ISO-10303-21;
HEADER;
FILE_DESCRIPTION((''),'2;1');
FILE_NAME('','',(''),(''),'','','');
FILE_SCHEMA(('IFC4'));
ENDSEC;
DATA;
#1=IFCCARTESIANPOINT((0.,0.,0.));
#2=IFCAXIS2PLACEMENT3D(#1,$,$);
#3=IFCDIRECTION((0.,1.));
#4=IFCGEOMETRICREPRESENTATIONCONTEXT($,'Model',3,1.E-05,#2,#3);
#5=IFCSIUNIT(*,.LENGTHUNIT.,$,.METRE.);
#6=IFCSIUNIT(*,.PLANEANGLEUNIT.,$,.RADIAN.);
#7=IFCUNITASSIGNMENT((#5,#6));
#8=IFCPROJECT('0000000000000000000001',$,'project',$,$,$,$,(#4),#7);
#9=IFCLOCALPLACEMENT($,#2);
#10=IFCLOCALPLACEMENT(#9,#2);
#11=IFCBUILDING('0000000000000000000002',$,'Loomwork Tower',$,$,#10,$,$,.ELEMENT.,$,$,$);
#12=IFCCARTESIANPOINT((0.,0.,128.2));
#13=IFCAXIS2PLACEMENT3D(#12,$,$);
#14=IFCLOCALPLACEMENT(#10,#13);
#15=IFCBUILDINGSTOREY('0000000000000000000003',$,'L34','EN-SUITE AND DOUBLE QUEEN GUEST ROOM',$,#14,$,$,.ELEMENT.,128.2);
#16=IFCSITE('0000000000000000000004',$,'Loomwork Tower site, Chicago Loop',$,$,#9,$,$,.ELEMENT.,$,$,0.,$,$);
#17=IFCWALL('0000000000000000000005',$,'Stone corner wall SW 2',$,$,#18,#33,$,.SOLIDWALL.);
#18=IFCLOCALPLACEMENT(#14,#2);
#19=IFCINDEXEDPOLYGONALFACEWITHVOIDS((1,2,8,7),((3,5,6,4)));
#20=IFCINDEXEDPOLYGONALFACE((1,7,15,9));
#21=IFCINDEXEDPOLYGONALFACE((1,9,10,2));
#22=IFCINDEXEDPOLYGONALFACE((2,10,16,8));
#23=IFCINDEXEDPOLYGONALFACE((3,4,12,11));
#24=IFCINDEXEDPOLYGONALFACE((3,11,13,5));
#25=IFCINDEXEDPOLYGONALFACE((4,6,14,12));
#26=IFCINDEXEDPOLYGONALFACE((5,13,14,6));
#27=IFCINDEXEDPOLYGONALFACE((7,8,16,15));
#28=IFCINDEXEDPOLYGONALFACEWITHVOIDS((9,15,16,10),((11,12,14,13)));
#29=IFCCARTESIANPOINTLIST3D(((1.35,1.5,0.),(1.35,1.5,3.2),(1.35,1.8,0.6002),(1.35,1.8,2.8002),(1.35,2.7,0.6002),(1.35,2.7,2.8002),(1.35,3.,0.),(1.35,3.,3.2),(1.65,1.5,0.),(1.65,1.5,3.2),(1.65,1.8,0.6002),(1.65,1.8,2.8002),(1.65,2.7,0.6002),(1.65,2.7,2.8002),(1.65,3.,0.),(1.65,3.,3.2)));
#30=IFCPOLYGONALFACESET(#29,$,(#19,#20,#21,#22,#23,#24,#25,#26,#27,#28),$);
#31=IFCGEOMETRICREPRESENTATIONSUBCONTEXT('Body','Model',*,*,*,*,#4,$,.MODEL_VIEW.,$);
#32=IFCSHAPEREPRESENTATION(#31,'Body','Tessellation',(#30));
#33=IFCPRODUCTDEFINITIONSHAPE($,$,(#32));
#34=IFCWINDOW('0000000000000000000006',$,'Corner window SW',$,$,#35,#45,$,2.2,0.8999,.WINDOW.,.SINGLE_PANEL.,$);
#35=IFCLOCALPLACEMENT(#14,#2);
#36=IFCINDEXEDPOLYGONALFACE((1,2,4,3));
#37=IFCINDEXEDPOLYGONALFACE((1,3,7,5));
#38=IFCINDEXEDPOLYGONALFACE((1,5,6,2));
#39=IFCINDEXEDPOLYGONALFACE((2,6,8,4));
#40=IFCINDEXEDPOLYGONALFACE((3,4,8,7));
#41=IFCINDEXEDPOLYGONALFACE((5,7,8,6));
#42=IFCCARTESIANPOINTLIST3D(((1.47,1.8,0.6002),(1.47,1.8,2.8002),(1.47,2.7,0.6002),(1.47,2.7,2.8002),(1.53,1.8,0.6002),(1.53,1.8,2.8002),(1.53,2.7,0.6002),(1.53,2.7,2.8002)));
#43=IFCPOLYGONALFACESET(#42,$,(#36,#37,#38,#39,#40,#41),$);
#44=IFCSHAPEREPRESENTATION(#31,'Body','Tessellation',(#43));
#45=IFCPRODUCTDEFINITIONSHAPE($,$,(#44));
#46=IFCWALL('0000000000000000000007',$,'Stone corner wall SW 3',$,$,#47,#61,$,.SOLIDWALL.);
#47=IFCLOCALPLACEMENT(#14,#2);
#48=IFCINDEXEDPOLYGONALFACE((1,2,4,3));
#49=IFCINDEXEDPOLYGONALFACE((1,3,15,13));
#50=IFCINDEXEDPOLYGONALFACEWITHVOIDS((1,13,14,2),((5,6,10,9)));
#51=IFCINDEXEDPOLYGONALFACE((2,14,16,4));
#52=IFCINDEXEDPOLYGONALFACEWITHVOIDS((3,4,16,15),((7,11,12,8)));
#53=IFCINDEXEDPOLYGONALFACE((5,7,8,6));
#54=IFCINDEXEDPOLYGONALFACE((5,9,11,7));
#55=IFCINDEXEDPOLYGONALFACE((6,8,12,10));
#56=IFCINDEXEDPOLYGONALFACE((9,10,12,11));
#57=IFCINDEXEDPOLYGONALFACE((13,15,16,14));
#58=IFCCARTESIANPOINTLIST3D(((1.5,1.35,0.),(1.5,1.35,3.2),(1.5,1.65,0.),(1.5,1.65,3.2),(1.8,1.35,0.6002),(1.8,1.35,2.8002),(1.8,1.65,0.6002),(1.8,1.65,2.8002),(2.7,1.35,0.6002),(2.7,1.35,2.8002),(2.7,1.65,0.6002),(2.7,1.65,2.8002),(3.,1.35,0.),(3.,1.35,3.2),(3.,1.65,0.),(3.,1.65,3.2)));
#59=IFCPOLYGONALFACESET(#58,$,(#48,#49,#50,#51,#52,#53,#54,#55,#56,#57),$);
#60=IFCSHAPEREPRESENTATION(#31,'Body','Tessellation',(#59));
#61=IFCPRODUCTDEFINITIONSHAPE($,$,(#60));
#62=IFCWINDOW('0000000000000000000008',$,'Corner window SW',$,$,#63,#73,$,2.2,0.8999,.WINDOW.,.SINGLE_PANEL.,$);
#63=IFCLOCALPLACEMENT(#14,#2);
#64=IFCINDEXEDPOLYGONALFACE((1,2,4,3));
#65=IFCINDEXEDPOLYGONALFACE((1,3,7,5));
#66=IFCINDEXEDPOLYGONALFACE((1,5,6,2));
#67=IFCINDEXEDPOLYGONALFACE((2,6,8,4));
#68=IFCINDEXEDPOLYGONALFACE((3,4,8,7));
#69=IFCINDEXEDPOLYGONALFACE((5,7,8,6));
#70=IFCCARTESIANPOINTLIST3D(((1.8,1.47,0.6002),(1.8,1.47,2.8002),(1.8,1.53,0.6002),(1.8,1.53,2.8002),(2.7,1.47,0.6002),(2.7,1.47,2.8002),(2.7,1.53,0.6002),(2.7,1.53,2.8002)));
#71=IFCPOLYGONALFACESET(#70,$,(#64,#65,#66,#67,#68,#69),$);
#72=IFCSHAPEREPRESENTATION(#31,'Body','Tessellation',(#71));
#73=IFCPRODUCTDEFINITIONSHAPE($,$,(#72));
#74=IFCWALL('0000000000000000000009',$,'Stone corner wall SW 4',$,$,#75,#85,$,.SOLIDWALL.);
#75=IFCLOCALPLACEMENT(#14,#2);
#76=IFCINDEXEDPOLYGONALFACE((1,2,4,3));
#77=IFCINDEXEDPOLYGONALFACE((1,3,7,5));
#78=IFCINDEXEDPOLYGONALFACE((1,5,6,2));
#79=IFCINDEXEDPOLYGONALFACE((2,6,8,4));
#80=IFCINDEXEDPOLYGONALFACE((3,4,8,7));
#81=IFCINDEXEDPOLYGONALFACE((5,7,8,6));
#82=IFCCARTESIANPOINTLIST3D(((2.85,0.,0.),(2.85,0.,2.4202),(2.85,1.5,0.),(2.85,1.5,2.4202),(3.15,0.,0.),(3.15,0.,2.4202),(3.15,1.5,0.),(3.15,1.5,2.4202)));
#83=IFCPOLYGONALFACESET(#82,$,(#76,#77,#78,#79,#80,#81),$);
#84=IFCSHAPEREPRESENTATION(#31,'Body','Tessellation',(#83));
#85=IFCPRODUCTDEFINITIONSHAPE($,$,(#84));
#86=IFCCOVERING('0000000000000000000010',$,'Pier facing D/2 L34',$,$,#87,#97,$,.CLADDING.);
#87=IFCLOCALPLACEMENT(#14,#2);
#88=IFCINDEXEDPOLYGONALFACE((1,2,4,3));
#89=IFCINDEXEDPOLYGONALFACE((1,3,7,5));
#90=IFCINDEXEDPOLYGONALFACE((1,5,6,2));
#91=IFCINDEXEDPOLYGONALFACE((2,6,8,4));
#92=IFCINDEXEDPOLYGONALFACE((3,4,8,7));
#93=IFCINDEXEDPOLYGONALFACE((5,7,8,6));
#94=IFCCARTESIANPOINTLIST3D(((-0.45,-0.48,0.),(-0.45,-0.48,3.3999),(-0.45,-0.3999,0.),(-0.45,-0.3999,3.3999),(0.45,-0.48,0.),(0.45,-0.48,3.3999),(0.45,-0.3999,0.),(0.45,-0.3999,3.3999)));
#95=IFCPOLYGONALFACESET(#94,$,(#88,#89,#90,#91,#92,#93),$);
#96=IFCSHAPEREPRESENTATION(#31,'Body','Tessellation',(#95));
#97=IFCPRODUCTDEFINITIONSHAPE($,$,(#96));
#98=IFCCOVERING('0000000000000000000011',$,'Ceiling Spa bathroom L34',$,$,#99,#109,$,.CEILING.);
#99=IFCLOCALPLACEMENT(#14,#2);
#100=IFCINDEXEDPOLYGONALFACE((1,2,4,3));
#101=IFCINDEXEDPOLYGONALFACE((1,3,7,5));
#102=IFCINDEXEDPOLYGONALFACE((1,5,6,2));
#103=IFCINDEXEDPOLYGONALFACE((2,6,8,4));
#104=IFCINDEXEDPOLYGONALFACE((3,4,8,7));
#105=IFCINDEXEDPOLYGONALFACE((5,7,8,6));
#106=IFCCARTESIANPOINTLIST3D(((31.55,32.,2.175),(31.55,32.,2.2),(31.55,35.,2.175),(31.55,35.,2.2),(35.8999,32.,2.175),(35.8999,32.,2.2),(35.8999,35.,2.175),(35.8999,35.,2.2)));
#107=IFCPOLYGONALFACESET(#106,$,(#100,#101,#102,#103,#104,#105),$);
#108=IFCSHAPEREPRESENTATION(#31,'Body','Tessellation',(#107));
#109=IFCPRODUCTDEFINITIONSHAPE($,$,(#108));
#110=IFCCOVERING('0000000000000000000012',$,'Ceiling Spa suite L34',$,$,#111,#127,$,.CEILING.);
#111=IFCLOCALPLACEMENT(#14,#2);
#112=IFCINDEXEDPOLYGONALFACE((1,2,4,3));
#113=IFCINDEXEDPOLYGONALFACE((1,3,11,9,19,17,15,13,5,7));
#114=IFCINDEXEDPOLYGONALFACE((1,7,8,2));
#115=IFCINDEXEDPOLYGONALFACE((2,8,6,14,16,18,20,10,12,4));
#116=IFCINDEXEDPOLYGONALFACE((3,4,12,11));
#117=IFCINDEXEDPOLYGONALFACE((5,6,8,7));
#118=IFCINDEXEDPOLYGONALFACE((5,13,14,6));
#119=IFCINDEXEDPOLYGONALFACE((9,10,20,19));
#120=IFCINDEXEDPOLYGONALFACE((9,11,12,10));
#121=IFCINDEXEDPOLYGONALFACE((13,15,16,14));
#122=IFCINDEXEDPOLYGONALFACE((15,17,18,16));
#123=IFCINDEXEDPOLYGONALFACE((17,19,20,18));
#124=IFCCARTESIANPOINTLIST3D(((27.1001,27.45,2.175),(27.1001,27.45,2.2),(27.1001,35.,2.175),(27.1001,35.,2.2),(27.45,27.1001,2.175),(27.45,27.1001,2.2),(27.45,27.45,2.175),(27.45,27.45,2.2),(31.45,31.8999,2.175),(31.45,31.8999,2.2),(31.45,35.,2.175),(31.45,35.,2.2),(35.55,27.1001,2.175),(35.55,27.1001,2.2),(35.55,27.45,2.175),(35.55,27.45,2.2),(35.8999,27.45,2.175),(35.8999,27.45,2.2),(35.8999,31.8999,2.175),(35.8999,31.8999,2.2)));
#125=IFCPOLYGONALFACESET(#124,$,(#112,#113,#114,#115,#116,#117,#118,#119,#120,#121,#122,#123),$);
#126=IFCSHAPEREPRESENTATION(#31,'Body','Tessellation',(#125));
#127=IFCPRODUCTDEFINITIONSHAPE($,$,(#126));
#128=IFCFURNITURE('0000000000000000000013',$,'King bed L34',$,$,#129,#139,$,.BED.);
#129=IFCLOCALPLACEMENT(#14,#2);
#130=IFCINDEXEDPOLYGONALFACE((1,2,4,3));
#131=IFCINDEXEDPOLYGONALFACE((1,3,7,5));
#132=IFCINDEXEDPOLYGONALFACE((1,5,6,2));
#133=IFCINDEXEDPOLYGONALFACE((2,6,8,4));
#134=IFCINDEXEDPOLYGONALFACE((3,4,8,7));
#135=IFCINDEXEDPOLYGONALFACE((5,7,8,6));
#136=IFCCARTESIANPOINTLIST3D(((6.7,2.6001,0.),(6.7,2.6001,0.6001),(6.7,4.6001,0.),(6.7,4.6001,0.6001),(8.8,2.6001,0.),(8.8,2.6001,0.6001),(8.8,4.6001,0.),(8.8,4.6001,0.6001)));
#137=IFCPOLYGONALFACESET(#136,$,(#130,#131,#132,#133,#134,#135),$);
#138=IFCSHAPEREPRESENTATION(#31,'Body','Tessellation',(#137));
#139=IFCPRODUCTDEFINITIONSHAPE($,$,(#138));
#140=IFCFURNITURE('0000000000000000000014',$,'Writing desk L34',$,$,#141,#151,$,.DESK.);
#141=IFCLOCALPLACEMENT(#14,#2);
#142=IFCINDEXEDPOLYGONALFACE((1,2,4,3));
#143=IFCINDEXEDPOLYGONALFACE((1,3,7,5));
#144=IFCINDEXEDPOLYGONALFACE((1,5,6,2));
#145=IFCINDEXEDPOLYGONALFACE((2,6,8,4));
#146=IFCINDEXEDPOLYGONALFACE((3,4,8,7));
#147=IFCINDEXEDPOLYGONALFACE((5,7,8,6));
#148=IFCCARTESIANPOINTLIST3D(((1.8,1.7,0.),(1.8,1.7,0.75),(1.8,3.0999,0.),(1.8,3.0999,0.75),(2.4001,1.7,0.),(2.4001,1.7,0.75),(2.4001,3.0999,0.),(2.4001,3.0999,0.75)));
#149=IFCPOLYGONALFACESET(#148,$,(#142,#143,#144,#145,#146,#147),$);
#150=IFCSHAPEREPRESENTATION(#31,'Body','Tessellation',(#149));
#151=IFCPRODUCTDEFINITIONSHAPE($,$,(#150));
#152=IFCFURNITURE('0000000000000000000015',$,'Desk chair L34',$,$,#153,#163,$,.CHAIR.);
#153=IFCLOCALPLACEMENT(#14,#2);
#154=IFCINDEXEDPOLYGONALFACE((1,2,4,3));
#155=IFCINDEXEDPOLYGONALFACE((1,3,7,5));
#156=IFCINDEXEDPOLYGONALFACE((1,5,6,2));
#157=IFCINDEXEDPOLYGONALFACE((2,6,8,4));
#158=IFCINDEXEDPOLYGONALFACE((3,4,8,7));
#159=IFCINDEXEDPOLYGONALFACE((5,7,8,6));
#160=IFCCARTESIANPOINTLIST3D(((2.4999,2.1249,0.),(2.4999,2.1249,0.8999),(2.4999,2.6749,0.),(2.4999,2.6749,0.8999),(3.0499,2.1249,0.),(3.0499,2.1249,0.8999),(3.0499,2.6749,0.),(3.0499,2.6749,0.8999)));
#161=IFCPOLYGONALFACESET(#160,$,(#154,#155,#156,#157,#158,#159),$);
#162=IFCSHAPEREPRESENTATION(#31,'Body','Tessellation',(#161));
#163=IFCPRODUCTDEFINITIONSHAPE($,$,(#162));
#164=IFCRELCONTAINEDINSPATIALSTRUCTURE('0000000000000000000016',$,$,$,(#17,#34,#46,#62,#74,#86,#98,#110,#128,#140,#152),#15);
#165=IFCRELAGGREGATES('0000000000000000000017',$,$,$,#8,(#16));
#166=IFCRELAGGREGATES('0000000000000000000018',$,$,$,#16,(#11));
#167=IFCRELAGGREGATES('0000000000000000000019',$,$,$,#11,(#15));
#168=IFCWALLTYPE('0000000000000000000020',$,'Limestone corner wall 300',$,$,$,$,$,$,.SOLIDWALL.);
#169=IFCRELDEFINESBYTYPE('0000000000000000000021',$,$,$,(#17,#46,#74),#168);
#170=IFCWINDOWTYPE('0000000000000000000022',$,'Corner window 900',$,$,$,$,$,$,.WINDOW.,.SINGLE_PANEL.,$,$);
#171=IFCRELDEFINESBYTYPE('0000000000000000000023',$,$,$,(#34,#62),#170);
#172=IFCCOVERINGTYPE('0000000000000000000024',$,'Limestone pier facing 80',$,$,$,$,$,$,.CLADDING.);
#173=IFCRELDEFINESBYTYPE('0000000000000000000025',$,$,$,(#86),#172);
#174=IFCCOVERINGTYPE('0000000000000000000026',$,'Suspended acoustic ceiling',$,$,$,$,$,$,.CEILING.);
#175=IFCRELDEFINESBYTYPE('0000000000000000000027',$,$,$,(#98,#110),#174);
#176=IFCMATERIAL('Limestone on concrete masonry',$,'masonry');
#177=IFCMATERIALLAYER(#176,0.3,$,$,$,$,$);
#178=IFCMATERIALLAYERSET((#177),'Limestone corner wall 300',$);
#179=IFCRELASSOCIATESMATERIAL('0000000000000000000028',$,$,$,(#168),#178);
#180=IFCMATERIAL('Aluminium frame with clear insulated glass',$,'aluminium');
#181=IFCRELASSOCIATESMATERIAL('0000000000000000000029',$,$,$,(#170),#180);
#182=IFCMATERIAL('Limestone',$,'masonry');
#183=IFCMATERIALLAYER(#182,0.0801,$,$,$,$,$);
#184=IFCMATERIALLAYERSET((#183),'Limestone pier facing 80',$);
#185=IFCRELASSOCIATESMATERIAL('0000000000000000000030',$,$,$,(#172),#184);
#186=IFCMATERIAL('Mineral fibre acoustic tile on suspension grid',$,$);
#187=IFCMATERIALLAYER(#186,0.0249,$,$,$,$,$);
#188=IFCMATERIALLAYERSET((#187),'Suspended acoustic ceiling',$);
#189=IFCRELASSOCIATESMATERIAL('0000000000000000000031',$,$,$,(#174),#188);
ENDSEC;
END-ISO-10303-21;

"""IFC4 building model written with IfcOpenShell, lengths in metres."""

from ifc_helpers import new_model, si_unit, direction, frame, frame_2d, origin, origin_2d, place, context, subcontext, project, spatial, polyline, rectangle, outline, extrude, material, layer, layer_set, type_object, element, fill, save


model = new_model("IFC4")

# Units and contexts
model_context = context("Model", 3, precision=1e-05, world=origin(), true_north=direction((0.0, 1.0)))
body_context = subcontext(model_context, "Body", "Model", "MODEL_VIEW")
ifc_project = project(units=[si_unit("LENGTHUNIT", "METRE"), si_unit("PLANEANGLEUNIT", "RADIAN")], contexts=[model_context])

# Site, building, storey
site_placement = place(None, origin())
site = spatial("IfcSite", under=ifc_project, at=site_placement, Name="Loomwork Tower site, Chicago Loop", CompositionType="ELEMENT", RefElevation=0.0)
building_placement = place(site_placement, origin())
building = spatial("IfcBuilding", under=site, at=building_placement, Name="Loomwork Tower", CompositionType="ELEMENT")
storey_placement = place(building_placement, frame((0.0, 0.0, 128.2)))
storey = spatial("IfcBuildingStorey", under=building, at=storey_placement, Name="L34", Description="EN-SUITE AND DOUBLE QUEEN GUEST ROOM", CompositionType="ELEMENT", Elevation=128.2)

# Shared definitions
ifc_material_1 = material(Name="Limestone on concrete masonry", Category="masonry")
ifc_layer_1 = layer(ifc_material_1, 0.3)
ifc_layer_set_1 = layer_set([ifc_layer_1], Name="Limestone corner wall 300")
wall_type_1 = type_object("IfcWallType", Name="Limestone corner wall 300", PredefinedType="SOLIDWALL", material=ifc_layer_set_1)

# Walls, openings, windows
wall_1_placement = place(storey_placement, frame((1.5, 3.0, 0.0), z_axis=(0.0, 0.0, 1.0), x_axis=(0.0, -1.0, 0.0)))
wall_1 = element("IfcWall", 1, at=wall_1_placement, inside=storey, type_object=wall_type_1, Name="Stone corner wall SW 2", PredefinedType="SOLIDWALL", context=body_context, shape_type="SweptSolid", body=[
    extrude(rectangle(XDim=1.5, YDim=0.3, at=frame_2d((0.75, 0.0))), origin(), (0.0, 0.0, 1.0), 3.2),
])
opening_1_placement = place(wall_1_placement, frame((0.3, 0.0, 0.6001)))
opening_1 = element("IfcOpeningElement", 2, at=opening_1_placement, cuts=wall_1, PredefinedType="OPENING", context=body_context, shape_type="SweptSolid", body=[
    extrude(rectangle(XDim=0.8999, YDim=2.2, at=frame_2d((0.45, 1.1001))), frame((0.0, 0.1599, 0.0), z_axis=(0.0, -1.0, 0.0), x_axis=(1.0, 0.0, 0.0)), (0.0, 0.0, 1.0), 0.3201),
])
ifc_material_2 = material(Name="Aluminium frame with clear insulated glass", Category="aluminium")
window_type_1 = type_object("IfcWindowType", Name="Corner window 900", PartitioningType="SINGLE_PANEL", PredefinedType="WINDOW", material=ifc_material_2)
window_1_placement = place(opening_1_placement, origin())
window_1 = element("IfcWindow", 3, at=window_1_placement, inside=storey, type_object=window_type_1, Name="Corner window SW", OverallHeight=2.2, OverallWidth=0.8999, PartitioningType="SINGLE_PANEL", PredefinedType="WINDOW", context=body_context, shape_type="SweptSolid", body=[
    extrude(rectangle(XDim=0.8999, YDim=2.2, at=frame_2d((0.45, 1.1001))), frame((0.0, 0.03, 0.0), z_axis=(0.0, -1.0, 0.0), x_axis=(1.0, 0.0, 0.0)), (0.0, 0.0, 1.0), 0.0601),
])
fill(opening_1, window_1)
wall_2_placement = place(storey_placement, frame((1.5, 1.5, 0.0), z_axis=(0.0, 0.0, 1.0), x_axis=(1.0, 0.0, 0.0)))
wall_2 = element("IfcWall", 4, at=wall_2_placement, inside=storey, type_object=wall_type_1, Name="Stone corner wall SW 3", PredefinedType="SOLIDWALL", context=body_context, shape_type="SweptSolid", body=[
    extrude(rectangle(XDim=1.5, YDim=0.3, at=frame_2d((0.75, 0.0))), origin(), (0.0, 0.0, 1.0), 3.2),
])
opening_2_placement = place(wall_2_placement, frame((0.3, 0.0, 0.6001)))
opening_2 = element("IfcOpeningElement", 5, at=opening_2_placement, cuts=wall_2, PredefinedType="OPENING", context=body_context, shape_type="SweptSolid", body=[
    extrude(rectangle(XDim=0.8999, YDim=2.2, at=frame_2d((0.45, 1.1001))), frame((0.0, 0.1599, 0.0), z_axis=(0.0, -1.0, 0.0), x_axis=(1.0, 0.0, 0.0)), (0.0, 0.0, 1.0), 0.3201),
])
window_2_placement = place(opening_2_placement, origin())
window_2 = element("IfcWindow", 6, at=window_2_placement, inside=storey, type_object=window_type_1, Name="Corner window SW", OverallHeight=2.2, OverallWidth=0.8999, PartitioningType="SINGLE_PANEL", PredefinedType="WINDOW", context=body_context, shape_type="SweptSolid", body=[
    extrude(rectangle(XDim=0.8999, YDim=2.2, at=frame_2d((0.45, 1.1001))), frame((0.0, 0.03, 0.0), z_axis=(0.0, -1.0, 0.0), x_axis=(1.0, 0.0, 0.0)), (0.0, 0.0, 1.0), 0.0601),
])
fill(opening_2, window_2)

# Wall
wall_3_placement = place(storey_placement, frame((3.0, 1.5, 0.0), z_axis=(0.0, 0.0, 1.0), x_axis=(0.0, -1.0, 0.0)))
element("IfcWall", 7, at=wall_3_placement, inside=storey, type_object=wall_type_1, Name="Stone corner wall SW 4", PredefinedType="SOLIDWALL", context=body_context, shape_type="SweptSolid", body=[
    extrude(rectangle(XDim=1.5, YDim=0.3, at=frame_2d((0.75, 0.0))), origin(), (0.0, 0.0, 1.0), 2.4202),
])

# Coverings
ifc_material_3 = material(Name="Limestone", Category="masonry")
ifc_layer_2 = layer(ifc_material_3, 0.0801)
ifc_layer_set_2 = layer_set([ifc_layer_2], Name="Limestone pier facing 80")
covering_type_1 = type_object("IfcCoveringType", Name="Limestone pier facing 80", PredefinedType="CLADDING", material=ifc_layer_set_2)
covering_1_placement = place(storey_placement, frame((0.0, -0.4399, 0.0), z_axis=(0.0, 0.0, 1.0), x_axis=(1.0, 0.0, 0.0)))
element("IfcCovering", 8, at=covering_1_placement, inside=storey, type_object=covering_type_1, Name="Pier facing D/2 L34", PredefinedType="CLADDING", context=body_context, shape_type="SweptSolid", body=[
    extrude(rectangle(XDim=0.8999, YDim=0.0801, at=origin_2d()), origin(), (0.0, 0.0, 1.0), 3.3999),
])
ifc_material_4 = material(Name="Mineral fibre acoustic tile on suspension grid")
ifc_layer_3 = layer(ifc_material_4, 0.0249)
ifc_layer_set_3 = layer_set([ifc_layer_3], Name="Suspended acoustic ceiling")
covering_type_2 = type_object("IfcCoveringType", Name="Suspended acoustic ceiling", PredefinedType="CEILING", material=ifc_layer_set_3)
covering_2_placement = place(storey_placement, frame((0.0, 0.0, 2.175)))
element("IfcCovering", 9, at=covering_2_placement, inside=storey, type_object=covering_type_2, Name="Ceiling Spa bathroom L34", PredefinedType="CEILING", context=body_context, shape_type="SweptSolid", body=[
    extrude(outline(polyline([(31.55, 35.0), (35.8999, 35.0), (35.8999, 32.0), (31.55, 32.0), (31.55, 35.0)])), origin(), (0.0, 0.0, 1.0), 0.0249),
])
covering_3_placement = place(storey_placement, frame((0.0, 0.0, 2.175)))
element("IfcCovering", 10, at=covering_3_placement, inside=storey, type_object=covering_type_2, Name="Ceiling Spa suite L34", PredefinedType="CEILING", context=body_context, shape_type="SweptSolid", body=[
    extrude(outline(polyline([(27.1001, 35.0), (31.45, 35.0), (31.45, 31.8999), (35.8999, 31.8999), (35.8999, 27.45), (35.55, 27.45), (35.55, 27.1001), (27.45, 27.1001), (27.45, 27.45), (27.1001, 27.45), (27.1001, 35.0)])), origin(), (0.0, 0.0, 1.0), 0.0249),
])

# Furniture
furniture_1_placement = place(storey_placement, frame((7.75, 3.6001, 0.0), z_axis=(0.0, 0.0, 1.0), x_axis=(1.0, 0.0, 0.0)))
element("IfcFurniture", 11, at=furniture_1_placement, inside=storey, Name="King bed L34", PredefinedType="BED", context=body_context, shape_type="SweptSolid", body=[
    extrude(rectangle(XDim=2.1001, YDim=2.0, at=origin_2d()), origin(), (0.0, 0.0, 1.0), 0.6001),
])
furniture_2_placement = place(storey_placement, frame((2.1001, 2.3999, 0.0), z_axis=(0.0, 0.0, 1.0), x_axis=(1.0, 0.0, 0.0)))
element("IfcFurniture", 12, at=furniture_2_placement, inside=storey, Name="Writing desk L34", PredefinedType="DESK", context=body_context, shape_type="SweptSolid", body=[
    extrude(rectangle(XDim=0.6001, YDim=1.3999, at=origin_2d()), origin(), (0.0, 0.0, 1.0), 0.75),
])
furniture_3_placement = place(storey_placement, frame((2.7749, 2.3999, 0.0), z_axis=(0.0, 0.0, 1.0), x_axis=(1.0, 0.0, 0.0)))
element("IfcFurniture", 13, at=furniture_3_placement, inside=storey, Name="Desk chair L34", PredefinedType="CHAIR", context=body_context, shape_type="SweptSolid", body=[
    extrude(rectangle(XDim=0.55, YDim=0.55, at=origin_2d()), origin(), (0.0, 0.0, 1.0), 0.8999),
])

save(model, "model.ifc")
